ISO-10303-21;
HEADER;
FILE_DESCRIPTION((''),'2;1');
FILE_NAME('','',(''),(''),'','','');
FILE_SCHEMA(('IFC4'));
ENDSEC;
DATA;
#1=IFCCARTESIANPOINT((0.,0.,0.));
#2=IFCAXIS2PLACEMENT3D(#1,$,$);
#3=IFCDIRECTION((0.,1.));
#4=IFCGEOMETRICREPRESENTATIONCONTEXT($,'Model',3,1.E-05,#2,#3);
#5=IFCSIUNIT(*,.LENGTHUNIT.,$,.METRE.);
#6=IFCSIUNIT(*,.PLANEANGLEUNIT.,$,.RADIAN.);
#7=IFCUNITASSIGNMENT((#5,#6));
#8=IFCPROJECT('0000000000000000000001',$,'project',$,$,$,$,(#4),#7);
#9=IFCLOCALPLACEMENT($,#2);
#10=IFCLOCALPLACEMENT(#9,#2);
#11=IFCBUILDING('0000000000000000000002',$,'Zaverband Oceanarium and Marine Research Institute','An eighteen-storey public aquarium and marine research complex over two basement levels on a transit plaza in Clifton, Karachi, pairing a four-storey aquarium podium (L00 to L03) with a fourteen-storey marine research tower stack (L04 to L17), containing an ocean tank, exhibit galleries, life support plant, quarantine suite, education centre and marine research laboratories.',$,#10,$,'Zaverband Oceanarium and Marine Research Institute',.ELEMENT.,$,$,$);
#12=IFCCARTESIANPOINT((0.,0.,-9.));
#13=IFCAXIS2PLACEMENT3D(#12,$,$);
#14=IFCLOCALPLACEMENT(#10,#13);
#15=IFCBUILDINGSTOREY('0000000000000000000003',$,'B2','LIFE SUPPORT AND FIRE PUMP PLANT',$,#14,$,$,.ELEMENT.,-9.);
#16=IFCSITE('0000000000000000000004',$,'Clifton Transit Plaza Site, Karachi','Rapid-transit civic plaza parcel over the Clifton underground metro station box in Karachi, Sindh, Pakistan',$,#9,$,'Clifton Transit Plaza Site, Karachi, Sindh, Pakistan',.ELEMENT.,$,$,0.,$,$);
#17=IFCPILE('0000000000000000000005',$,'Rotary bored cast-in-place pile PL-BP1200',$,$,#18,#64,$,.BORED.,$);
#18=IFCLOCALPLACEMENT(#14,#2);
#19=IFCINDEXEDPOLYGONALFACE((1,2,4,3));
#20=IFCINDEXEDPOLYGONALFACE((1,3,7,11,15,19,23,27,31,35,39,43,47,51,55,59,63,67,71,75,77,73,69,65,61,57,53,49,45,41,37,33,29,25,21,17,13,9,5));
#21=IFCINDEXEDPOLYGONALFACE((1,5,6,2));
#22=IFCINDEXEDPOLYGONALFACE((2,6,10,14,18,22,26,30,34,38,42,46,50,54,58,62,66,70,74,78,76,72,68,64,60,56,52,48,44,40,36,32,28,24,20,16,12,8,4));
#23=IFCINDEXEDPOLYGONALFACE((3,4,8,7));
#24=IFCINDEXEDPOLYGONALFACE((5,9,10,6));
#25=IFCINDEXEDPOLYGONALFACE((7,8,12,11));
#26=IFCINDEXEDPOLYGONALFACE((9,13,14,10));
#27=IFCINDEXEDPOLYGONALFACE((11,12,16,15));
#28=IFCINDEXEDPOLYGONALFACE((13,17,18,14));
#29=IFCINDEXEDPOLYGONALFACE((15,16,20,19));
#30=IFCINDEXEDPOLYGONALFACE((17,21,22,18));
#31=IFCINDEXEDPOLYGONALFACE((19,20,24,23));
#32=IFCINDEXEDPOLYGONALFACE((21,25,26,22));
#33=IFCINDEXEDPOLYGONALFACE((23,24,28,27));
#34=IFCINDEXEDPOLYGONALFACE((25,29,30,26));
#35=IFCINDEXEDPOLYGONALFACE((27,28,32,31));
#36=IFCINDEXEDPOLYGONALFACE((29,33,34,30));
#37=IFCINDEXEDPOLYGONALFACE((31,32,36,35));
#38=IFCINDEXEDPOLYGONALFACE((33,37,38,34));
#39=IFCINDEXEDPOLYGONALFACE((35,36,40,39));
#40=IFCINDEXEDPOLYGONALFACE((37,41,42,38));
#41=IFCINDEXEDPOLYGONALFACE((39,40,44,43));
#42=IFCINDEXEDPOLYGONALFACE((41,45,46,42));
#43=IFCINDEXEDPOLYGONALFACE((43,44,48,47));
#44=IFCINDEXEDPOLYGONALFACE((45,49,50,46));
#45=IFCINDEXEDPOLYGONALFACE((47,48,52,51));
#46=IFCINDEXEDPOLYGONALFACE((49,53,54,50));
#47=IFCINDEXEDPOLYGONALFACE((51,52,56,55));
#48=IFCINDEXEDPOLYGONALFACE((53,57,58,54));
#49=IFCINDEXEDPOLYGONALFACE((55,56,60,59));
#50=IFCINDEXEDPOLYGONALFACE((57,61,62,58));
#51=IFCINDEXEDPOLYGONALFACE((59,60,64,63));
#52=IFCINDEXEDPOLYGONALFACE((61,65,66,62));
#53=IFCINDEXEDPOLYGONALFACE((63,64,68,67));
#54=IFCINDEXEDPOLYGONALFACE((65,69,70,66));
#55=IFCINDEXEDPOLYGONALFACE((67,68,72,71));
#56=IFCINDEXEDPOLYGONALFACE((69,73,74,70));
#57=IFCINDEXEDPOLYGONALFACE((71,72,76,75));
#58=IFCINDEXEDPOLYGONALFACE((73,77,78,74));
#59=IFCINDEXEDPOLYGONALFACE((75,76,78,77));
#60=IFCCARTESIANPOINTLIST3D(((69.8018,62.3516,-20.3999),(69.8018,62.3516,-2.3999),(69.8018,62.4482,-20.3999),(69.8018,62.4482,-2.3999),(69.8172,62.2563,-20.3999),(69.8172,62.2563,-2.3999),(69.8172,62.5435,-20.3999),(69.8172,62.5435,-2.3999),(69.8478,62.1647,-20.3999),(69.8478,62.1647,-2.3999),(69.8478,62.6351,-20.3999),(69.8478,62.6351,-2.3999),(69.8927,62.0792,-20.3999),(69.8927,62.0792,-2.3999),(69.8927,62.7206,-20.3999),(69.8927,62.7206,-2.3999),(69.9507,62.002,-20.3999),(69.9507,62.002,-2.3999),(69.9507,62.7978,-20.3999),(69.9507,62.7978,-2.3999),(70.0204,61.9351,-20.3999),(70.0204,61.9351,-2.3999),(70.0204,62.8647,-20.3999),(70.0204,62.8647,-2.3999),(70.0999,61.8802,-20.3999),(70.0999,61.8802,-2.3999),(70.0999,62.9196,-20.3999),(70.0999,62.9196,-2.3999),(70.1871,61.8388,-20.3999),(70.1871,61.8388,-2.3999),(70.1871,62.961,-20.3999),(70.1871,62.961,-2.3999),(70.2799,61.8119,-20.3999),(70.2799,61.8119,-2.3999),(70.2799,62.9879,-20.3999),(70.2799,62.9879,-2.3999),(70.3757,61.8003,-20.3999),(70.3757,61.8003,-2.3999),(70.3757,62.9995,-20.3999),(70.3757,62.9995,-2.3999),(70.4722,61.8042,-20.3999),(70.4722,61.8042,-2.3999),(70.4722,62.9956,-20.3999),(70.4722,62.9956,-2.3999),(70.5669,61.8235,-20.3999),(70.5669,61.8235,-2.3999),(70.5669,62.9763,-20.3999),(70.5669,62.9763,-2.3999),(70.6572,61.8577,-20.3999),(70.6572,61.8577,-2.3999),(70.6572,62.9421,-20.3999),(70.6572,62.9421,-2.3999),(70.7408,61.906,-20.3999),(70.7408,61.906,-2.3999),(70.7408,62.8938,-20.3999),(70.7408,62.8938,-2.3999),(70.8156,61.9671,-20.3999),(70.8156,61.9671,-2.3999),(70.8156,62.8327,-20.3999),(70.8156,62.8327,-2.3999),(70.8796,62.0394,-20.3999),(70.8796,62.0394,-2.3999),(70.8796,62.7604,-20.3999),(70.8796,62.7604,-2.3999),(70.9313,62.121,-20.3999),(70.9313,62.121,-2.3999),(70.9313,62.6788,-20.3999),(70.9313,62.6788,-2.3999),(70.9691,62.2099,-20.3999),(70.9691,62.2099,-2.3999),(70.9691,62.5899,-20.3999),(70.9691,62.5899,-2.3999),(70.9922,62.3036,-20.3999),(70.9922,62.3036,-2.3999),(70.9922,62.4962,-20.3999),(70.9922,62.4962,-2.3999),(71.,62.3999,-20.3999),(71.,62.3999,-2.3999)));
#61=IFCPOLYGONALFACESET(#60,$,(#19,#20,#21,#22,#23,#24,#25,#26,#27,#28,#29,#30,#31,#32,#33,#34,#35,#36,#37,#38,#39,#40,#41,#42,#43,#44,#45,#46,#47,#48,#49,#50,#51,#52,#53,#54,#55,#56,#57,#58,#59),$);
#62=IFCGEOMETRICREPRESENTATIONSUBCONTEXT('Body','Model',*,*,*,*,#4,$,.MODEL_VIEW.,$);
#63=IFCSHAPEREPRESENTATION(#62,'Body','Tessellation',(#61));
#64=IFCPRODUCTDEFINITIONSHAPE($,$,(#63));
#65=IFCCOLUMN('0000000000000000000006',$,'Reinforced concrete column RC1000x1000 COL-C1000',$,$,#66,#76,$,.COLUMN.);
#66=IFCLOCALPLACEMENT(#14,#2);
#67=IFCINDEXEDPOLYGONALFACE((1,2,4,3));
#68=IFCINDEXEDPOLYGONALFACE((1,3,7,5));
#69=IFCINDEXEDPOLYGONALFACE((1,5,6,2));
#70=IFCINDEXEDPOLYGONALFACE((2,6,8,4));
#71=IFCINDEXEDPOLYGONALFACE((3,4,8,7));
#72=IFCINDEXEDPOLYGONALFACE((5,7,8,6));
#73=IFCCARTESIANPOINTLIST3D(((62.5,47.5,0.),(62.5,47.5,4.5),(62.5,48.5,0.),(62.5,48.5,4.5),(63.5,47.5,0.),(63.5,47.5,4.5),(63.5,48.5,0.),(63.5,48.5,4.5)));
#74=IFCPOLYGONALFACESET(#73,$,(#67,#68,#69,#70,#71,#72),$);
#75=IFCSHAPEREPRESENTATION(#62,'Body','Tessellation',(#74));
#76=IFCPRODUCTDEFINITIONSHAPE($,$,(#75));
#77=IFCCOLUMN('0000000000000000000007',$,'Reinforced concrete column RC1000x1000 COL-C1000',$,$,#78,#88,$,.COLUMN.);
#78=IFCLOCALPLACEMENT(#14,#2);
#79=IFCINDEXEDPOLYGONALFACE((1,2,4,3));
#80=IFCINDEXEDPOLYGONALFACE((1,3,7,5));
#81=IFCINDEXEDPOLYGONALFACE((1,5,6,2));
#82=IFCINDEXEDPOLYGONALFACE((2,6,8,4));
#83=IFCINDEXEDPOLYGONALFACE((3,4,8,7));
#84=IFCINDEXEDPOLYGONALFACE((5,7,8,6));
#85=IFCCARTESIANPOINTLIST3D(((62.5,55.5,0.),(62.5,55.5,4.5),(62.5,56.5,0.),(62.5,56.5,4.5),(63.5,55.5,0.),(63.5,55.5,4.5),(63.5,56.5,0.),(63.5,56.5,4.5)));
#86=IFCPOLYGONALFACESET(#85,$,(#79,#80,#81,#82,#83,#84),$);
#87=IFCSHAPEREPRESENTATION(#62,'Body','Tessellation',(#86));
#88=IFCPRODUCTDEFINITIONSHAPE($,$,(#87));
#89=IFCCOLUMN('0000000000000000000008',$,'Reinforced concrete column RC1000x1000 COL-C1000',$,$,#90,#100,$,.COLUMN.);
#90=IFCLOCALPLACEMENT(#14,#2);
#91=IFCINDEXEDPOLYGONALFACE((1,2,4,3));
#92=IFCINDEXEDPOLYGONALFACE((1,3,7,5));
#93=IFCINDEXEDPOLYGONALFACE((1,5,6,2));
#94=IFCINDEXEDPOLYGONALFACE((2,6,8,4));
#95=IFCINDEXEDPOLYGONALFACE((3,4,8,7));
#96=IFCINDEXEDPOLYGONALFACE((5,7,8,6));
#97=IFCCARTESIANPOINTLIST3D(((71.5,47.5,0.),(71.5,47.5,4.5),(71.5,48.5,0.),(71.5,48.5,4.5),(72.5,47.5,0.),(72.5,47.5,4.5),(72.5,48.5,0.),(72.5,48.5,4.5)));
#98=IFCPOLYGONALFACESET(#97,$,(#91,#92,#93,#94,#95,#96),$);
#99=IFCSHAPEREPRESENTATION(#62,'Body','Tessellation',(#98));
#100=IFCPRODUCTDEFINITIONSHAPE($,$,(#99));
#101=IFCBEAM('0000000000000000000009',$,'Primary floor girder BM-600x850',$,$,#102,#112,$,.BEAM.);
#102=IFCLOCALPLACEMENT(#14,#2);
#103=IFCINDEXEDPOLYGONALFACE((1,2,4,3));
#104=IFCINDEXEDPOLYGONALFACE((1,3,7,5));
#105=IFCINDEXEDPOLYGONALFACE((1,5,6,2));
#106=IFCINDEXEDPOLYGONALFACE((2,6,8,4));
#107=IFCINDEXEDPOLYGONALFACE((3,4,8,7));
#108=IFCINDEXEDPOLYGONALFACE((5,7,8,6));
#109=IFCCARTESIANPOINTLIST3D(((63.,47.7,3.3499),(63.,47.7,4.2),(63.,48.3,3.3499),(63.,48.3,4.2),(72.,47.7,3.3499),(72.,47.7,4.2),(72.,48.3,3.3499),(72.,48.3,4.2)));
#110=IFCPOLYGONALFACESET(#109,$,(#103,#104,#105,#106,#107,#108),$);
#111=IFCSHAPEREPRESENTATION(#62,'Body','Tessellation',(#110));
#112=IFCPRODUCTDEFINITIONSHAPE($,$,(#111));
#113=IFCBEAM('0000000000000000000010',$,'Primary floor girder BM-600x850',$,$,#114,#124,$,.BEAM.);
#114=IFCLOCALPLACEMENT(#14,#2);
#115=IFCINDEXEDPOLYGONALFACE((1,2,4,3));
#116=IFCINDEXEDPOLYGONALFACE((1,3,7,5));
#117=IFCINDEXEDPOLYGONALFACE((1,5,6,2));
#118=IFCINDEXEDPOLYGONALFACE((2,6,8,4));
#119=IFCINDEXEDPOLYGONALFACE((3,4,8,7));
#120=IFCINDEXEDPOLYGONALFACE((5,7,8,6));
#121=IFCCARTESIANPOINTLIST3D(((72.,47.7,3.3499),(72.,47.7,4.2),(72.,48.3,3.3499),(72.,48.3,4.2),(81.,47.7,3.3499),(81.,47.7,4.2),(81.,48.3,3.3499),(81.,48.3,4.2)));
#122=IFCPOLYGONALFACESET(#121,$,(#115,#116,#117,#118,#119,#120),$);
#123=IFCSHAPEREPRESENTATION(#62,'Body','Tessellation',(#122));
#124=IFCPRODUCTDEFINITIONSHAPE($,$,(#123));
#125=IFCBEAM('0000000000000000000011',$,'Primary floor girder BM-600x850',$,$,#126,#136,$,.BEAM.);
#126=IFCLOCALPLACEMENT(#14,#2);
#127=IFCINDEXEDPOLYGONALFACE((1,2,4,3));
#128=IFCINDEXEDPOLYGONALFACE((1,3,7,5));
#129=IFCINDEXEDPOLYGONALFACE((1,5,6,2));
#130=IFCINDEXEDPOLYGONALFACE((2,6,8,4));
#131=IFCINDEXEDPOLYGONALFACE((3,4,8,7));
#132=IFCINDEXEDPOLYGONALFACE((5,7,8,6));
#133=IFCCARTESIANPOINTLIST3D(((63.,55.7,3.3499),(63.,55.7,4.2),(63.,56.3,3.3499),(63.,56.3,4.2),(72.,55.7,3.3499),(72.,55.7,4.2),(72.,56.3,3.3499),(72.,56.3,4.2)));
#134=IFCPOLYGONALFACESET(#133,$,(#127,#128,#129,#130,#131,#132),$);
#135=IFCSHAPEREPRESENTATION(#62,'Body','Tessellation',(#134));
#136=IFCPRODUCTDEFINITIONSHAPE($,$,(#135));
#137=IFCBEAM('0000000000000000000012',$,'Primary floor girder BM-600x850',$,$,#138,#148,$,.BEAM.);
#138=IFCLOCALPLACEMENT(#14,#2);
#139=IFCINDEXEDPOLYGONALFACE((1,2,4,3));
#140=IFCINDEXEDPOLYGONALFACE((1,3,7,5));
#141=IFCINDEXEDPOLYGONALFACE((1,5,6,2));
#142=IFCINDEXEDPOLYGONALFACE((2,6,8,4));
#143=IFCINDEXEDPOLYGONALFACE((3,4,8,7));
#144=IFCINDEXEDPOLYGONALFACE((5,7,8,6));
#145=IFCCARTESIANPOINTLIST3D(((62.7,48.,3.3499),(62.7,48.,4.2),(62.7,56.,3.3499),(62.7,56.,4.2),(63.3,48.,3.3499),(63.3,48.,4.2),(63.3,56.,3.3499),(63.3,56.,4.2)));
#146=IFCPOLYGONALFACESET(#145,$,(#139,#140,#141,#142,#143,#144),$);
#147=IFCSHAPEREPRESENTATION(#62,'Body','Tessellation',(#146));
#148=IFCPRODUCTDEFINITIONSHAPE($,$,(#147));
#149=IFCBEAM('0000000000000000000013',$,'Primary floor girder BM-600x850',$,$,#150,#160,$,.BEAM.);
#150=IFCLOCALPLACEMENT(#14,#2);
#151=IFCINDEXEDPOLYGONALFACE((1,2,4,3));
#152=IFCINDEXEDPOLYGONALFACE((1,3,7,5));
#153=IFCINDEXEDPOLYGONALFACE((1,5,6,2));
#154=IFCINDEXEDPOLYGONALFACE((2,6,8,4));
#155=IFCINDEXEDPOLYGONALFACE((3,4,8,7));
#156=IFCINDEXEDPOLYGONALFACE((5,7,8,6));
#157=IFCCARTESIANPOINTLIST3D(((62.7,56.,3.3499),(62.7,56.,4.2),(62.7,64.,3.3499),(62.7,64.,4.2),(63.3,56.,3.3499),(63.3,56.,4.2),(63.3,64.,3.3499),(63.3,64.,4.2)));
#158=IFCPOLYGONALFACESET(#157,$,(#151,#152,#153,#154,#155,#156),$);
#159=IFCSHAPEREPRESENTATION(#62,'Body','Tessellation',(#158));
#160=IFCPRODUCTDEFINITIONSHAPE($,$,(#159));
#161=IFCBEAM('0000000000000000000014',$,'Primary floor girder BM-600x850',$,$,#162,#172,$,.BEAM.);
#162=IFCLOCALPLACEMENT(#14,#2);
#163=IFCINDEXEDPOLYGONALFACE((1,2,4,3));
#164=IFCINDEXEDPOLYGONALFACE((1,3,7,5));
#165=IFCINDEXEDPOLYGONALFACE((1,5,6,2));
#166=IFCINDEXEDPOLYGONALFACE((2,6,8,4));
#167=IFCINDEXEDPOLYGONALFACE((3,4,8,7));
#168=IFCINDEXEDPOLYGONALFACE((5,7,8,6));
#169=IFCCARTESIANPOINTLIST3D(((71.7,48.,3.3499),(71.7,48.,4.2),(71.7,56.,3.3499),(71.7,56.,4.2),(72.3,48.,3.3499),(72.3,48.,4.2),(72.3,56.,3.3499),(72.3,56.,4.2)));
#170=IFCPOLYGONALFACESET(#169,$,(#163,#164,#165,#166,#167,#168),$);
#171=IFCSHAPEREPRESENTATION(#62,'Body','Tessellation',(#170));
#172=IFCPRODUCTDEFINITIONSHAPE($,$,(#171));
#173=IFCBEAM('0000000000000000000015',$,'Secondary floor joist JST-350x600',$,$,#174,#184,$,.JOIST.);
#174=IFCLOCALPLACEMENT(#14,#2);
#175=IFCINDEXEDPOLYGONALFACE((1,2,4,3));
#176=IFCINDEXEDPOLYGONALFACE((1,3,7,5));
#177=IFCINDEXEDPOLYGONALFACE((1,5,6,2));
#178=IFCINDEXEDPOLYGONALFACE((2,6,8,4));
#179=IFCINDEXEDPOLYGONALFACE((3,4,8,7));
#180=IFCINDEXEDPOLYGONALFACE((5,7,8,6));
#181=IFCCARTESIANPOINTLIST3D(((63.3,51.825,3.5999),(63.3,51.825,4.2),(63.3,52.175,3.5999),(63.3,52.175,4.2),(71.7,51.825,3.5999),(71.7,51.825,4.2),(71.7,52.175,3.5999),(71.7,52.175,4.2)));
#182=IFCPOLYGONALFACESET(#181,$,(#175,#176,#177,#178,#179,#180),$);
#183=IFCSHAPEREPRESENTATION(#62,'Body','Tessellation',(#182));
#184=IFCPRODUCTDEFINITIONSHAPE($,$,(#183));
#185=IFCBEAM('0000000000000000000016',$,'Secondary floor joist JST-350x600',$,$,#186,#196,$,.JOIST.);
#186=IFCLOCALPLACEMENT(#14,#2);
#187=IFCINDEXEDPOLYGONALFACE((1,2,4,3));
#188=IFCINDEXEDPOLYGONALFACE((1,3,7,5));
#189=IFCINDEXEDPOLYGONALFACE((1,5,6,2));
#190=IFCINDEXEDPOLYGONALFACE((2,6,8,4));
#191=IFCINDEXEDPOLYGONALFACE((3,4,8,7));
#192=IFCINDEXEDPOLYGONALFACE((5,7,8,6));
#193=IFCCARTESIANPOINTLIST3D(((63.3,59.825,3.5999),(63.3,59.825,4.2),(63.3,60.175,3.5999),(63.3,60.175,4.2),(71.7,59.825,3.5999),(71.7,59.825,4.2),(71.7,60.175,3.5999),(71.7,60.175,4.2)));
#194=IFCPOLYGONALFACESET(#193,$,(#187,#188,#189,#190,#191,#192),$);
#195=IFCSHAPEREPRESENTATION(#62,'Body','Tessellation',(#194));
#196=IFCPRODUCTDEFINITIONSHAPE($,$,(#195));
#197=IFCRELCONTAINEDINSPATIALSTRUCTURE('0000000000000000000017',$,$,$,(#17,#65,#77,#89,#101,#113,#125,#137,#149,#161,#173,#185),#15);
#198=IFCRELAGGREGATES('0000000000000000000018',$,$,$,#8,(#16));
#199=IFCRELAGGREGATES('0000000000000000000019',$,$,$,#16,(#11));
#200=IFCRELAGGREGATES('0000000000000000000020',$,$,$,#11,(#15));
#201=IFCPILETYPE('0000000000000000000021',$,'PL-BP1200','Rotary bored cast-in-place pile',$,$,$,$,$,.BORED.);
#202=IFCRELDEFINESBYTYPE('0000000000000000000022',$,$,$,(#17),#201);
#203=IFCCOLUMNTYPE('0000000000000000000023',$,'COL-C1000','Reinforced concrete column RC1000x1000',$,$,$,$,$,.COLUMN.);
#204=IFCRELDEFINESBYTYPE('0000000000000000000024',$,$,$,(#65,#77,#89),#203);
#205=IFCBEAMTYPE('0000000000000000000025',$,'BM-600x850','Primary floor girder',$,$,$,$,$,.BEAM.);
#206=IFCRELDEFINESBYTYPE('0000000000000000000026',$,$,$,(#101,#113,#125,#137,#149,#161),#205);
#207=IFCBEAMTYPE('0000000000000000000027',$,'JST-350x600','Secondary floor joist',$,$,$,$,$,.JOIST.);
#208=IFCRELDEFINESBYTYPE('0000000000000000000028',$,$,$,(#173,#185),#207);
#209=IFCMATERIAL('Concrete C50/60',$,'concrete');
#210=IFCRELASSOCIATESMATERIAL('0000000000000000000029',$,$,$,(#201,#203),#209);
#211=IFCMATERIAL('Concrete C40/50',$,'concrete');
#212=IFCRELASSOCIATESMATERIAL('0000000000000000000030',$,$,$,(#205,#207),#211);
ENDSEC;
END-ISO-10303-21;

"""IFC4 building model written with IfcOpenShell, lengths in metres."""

from ifc_helpers import new_model, si_unit, direction, frame, origin, origin_2d, place, context, subcontext, project, spatial, rectangle, circle, extrude, material, material_profile, profile_set, type_object, element, save


model = new_model("IFC4")

# Units and contexts
model_context = context("Model", 3, precision=1e-05, world=origin(), true_north=direction((0.0, 1.0)))
body_context = subcontext(model_context, "Body", "Model", "MODEL_VIEW")
ifc_project = project(units=[si_unit("LENGTHUNIT", "METRE"), si_unit("PLANEANGLEUNIT", "RADIAN")], contexts=[model_context])

# Site, building, storey
site_placement = place(None, origin())
site = spatial("IfcSite", under=ifc_project, at=site_placement, Name="Clifton Transit Plaza Site, Karachi", Description="Rapid-transit civic plaza parcel over the Clifton underground metro station box in Karachi, Sindh, Pakistan", LongName="Clifton Transit Plaza Site, Karachi, Sindh, Pakistan", CompositionType="ELEMENT", RefElevation=0.0)
building_placement = place(site_placement, origin())
building = spatial("IfcBuilding", under=site, at=building_placement, Name="Zaverband Oceanarium and Marine Research Institute", Description="An eighteen-storey public aquarium and marine research complex over two basement levels on a transit plaza in Clifton, Karachi, pairing a four-storey aquarium podium (L00 to L03) with a fourteen-storey marine research tower stack (L04 to L17), containing an ocean tank, exhibit galleries, life support plant, quarantine suite, education centre and marine research laboratories.", LongName="Zaverband Oceanarium and Marine Research Institute", CompositionType="ELEMENT")
storey_placement = place(building_placement, frame((0.0, 0.0, -9.0)))
storey = spatial("IfcBuildingStorey", under=building, at=storey_placement, Name="B2", Description="LIFE SUPPORT AND FIRE PUMP PLANT", CompositionType="ELEMENT", Elevation=-9.0)

# Shared definitions
ifc_material_1 = material(Name="Concrete C50/60", Category="concrete")

# Pile
ifc_material_profile_1 = material_profile(ifc_material_1, circle(Radius=0.6001, at=origin_2d()), Name="BP1200")
ifc_profile_set_1 = profile_set([ifc_material_profile_1], Name="Concrete C50/60")
pile_type = type_object("IfcPileType", Name="PL-BP1200", Description="Rotary bored cast-in-place pile", PredefinedType="BORED", material=ifc_profile_set_1)
for number, where, z_axis, x_axis, name in (
    (1, (70.3999, 62.3999, -2.3999), (0.0, 0.0, -1.0), (1.0, 0.0, 0.0), "Rotary bored cast-in-place pile PL-BP1200"),
):
    element("IfcPile", number, at=place(storey_placement, frame(where, z_axis=z_axis, x_axis=x_axis)), inside=storey, type_object=pile_type, Name=name, PredefinedType="BORED", context=body_context, shape_type="SweptSolid", body=[
        extrude(circle(Radius=0.6001, at=origin_2d()), origin(), (0.0, 0.0, 1.0), 18.0),
    ])

# Columns
ifc_material_profile_2 = material_profile(ifc_material_1, rectangle(XDim=1.0, YDim=1.0, at=origin_2d()), Name="RC1000x1000")
ifc_profile_set_2 = profile_set([ifc_material_profile_2], Name="Concrete C50/60")
column_type = type_object("IfcColumnType", Name="COL-C1000", Description="Reinforced concrete column RC1000x1000", PredefinedType="COLUMN", material=ifc_profile_set_2)
for number, where, z_axis, x_axis, name in (
    (2, (63.0, 48.0, 0.0), (0.0, 0.0, 1.0), (1.0, 0.0, 0.0), "Reinforced concrete column RC1000x1000 COL-C1000"),
    (3, (63.0, 56.0, 0.0), (0.0, 0.0, 1.0), (1.0, 0.0, 0.0), "Reinforced concrete column RC1000x1000 COL-C1000"),
    (4, (72.0, 48.0, 0.0), (0.0, 0.0, 1.0), (1.0, 0.0, 0.0), "Reinforced concrete column RC1000x1000 COL-C1000"),
):
    element("IfcColumn", number, at=place(storey_placement, frame(where, z_axis=z_axis, x_axis=x_axis)), inside=storey, type_object=column_type, Name=name, PredefinedType="COLUMN", context=body_context, shape_type="SweptSolid", body=[
        extrude(rectangle(XDim=1.0, YDim=1.0, at=origin_2d()), origin(), (0.0, 0.0, 1.0), 4.5),
    ])

# Beams
ifc_material_2 = material(Name="Concrete C40/50", Category="concrete")
ifc_material_profile_3 = material_profile(ifc_material_2, rectangle(XDim=0.6001, YDim=0.8501, at=origin_2d()), Name="RC600x850")
ifc_profile_set_3 = profile_set([ifc_material_profile_3], Name="Concrete C40/50")
beam_type_1 = type_object("IfcBeamType", Name="BM-600x850", Description="Primary floor girder", PredefinedType="BEAM", material=ifc_profile_set_3)
for number, where, z_axis, x_axis, name in (
    (5, (63.0, 48.0, 3.7749), (1.0, 0.0, 0.0), (0.0, 1.0, 0.0), "Primary floor girder BM-600x850"),
    (6, (72.0, 48.0, 3.7749), (1.0, 0.0, 0.0), (0.0, 1.0, 0.0), "Primary floor girder BM-600x850"),
    (7, (63.0, 56.0, 3.7749), (1.0, 0.0, 0.0), (0.0, 1.0, 0.0), "Primary floor girder BM-600x850"),
):
    element("IfcBeam", number, at=place(storey_placement, frame(where, z_axis=z_axis, x_axis=x_axis)), inside=storey, type_object=beam_type_1, Name=name, PredefinedType="BEAM", context=body_context, shape_type="SweptSolid", body=[
        extrude(rectangle(XDim=0.6001, YDim=0.8501, at=origin_2d()), origin(), (0.0, 0.0, 1.0), 9.0),
    ])
for number, where, z_axis, x_axis, name in (
    (8, (63.0, 48.0, 3.7749), (0.0, 1.0, 0.0), (-1.0, 0.0, 0.0), "Primary floor girder BM-600x850"),
    (9, (63.0, 56.0, 3.7749), (0.0, 1.0, 0.0), (-1.0, 0.0, 0.0), "Primary floor girder BM-600x850"),
    (10, (72.0, 48.0, 3.7749), (0.0, 1.0, 0.0), (-1.0, 0.0, 0.0), "Primary floor girder BM-600x850"),
):
    element("IfcBeam", number, at=place(storey_placement, frame(where, z_axis=z_axis, x_axis=x_axis)), inside=storey, type_object=beam_type_1, Name=name, PredefinedType="BEAM", context=body_context, shape_type="SweptSolid", body=[
        extrude(rectangle(XDim=0.6001, YDim=0.8501, at=origin_2d()), origin(), (0.0, 0.0, 1.0), 8.0),
    ])
ifc_material_profile_4 = material_profile(ifc_material_2, rectangle(XDim=0.3501, YDim=0.6001, at=origin_2d()), Name="RC350x600")
ifc_profile_set_4 = profile_set([ifc_material_profile_4], Name="Concrete C40/50")
beam_type_2 = type_object("IfcBeamType", Name="JST-350x600", Description="Secondary floor joist", PredefinedType="JOIST", material=ifc_profile_set_4)
for number, where, z_axis, x_axis, name in (
    (11, (63.3, 52.0, 3.8999), (1.0, 0.0, 0.0), (0.0, 1.0, 0.0), "Secondary floor joist JST-350x600"),
    (12, (63.3, 60.0, 3.8999), (1.0, 0.0, 0.0), (0.0, 1.0, 0.0), "Secondary floor joist JST-350x600"),
):
    element("IfcBeam", number, at=place(storey_placement, frame(where, z_axis=z_axis, x_axis=x_axis)), inside=storey, type_object=beam_type_2, Name=name, PredefinedType="JOIST", context=body_context, shape_type="SweptSolid", body=[
        extrude(rectangle(XDim=0.3501, YDim=0.6001, at=origin_2d()), origin(), (0.0, 0.0, 1.0), 8.3999),
    ])

save(model, "model.ifc")
